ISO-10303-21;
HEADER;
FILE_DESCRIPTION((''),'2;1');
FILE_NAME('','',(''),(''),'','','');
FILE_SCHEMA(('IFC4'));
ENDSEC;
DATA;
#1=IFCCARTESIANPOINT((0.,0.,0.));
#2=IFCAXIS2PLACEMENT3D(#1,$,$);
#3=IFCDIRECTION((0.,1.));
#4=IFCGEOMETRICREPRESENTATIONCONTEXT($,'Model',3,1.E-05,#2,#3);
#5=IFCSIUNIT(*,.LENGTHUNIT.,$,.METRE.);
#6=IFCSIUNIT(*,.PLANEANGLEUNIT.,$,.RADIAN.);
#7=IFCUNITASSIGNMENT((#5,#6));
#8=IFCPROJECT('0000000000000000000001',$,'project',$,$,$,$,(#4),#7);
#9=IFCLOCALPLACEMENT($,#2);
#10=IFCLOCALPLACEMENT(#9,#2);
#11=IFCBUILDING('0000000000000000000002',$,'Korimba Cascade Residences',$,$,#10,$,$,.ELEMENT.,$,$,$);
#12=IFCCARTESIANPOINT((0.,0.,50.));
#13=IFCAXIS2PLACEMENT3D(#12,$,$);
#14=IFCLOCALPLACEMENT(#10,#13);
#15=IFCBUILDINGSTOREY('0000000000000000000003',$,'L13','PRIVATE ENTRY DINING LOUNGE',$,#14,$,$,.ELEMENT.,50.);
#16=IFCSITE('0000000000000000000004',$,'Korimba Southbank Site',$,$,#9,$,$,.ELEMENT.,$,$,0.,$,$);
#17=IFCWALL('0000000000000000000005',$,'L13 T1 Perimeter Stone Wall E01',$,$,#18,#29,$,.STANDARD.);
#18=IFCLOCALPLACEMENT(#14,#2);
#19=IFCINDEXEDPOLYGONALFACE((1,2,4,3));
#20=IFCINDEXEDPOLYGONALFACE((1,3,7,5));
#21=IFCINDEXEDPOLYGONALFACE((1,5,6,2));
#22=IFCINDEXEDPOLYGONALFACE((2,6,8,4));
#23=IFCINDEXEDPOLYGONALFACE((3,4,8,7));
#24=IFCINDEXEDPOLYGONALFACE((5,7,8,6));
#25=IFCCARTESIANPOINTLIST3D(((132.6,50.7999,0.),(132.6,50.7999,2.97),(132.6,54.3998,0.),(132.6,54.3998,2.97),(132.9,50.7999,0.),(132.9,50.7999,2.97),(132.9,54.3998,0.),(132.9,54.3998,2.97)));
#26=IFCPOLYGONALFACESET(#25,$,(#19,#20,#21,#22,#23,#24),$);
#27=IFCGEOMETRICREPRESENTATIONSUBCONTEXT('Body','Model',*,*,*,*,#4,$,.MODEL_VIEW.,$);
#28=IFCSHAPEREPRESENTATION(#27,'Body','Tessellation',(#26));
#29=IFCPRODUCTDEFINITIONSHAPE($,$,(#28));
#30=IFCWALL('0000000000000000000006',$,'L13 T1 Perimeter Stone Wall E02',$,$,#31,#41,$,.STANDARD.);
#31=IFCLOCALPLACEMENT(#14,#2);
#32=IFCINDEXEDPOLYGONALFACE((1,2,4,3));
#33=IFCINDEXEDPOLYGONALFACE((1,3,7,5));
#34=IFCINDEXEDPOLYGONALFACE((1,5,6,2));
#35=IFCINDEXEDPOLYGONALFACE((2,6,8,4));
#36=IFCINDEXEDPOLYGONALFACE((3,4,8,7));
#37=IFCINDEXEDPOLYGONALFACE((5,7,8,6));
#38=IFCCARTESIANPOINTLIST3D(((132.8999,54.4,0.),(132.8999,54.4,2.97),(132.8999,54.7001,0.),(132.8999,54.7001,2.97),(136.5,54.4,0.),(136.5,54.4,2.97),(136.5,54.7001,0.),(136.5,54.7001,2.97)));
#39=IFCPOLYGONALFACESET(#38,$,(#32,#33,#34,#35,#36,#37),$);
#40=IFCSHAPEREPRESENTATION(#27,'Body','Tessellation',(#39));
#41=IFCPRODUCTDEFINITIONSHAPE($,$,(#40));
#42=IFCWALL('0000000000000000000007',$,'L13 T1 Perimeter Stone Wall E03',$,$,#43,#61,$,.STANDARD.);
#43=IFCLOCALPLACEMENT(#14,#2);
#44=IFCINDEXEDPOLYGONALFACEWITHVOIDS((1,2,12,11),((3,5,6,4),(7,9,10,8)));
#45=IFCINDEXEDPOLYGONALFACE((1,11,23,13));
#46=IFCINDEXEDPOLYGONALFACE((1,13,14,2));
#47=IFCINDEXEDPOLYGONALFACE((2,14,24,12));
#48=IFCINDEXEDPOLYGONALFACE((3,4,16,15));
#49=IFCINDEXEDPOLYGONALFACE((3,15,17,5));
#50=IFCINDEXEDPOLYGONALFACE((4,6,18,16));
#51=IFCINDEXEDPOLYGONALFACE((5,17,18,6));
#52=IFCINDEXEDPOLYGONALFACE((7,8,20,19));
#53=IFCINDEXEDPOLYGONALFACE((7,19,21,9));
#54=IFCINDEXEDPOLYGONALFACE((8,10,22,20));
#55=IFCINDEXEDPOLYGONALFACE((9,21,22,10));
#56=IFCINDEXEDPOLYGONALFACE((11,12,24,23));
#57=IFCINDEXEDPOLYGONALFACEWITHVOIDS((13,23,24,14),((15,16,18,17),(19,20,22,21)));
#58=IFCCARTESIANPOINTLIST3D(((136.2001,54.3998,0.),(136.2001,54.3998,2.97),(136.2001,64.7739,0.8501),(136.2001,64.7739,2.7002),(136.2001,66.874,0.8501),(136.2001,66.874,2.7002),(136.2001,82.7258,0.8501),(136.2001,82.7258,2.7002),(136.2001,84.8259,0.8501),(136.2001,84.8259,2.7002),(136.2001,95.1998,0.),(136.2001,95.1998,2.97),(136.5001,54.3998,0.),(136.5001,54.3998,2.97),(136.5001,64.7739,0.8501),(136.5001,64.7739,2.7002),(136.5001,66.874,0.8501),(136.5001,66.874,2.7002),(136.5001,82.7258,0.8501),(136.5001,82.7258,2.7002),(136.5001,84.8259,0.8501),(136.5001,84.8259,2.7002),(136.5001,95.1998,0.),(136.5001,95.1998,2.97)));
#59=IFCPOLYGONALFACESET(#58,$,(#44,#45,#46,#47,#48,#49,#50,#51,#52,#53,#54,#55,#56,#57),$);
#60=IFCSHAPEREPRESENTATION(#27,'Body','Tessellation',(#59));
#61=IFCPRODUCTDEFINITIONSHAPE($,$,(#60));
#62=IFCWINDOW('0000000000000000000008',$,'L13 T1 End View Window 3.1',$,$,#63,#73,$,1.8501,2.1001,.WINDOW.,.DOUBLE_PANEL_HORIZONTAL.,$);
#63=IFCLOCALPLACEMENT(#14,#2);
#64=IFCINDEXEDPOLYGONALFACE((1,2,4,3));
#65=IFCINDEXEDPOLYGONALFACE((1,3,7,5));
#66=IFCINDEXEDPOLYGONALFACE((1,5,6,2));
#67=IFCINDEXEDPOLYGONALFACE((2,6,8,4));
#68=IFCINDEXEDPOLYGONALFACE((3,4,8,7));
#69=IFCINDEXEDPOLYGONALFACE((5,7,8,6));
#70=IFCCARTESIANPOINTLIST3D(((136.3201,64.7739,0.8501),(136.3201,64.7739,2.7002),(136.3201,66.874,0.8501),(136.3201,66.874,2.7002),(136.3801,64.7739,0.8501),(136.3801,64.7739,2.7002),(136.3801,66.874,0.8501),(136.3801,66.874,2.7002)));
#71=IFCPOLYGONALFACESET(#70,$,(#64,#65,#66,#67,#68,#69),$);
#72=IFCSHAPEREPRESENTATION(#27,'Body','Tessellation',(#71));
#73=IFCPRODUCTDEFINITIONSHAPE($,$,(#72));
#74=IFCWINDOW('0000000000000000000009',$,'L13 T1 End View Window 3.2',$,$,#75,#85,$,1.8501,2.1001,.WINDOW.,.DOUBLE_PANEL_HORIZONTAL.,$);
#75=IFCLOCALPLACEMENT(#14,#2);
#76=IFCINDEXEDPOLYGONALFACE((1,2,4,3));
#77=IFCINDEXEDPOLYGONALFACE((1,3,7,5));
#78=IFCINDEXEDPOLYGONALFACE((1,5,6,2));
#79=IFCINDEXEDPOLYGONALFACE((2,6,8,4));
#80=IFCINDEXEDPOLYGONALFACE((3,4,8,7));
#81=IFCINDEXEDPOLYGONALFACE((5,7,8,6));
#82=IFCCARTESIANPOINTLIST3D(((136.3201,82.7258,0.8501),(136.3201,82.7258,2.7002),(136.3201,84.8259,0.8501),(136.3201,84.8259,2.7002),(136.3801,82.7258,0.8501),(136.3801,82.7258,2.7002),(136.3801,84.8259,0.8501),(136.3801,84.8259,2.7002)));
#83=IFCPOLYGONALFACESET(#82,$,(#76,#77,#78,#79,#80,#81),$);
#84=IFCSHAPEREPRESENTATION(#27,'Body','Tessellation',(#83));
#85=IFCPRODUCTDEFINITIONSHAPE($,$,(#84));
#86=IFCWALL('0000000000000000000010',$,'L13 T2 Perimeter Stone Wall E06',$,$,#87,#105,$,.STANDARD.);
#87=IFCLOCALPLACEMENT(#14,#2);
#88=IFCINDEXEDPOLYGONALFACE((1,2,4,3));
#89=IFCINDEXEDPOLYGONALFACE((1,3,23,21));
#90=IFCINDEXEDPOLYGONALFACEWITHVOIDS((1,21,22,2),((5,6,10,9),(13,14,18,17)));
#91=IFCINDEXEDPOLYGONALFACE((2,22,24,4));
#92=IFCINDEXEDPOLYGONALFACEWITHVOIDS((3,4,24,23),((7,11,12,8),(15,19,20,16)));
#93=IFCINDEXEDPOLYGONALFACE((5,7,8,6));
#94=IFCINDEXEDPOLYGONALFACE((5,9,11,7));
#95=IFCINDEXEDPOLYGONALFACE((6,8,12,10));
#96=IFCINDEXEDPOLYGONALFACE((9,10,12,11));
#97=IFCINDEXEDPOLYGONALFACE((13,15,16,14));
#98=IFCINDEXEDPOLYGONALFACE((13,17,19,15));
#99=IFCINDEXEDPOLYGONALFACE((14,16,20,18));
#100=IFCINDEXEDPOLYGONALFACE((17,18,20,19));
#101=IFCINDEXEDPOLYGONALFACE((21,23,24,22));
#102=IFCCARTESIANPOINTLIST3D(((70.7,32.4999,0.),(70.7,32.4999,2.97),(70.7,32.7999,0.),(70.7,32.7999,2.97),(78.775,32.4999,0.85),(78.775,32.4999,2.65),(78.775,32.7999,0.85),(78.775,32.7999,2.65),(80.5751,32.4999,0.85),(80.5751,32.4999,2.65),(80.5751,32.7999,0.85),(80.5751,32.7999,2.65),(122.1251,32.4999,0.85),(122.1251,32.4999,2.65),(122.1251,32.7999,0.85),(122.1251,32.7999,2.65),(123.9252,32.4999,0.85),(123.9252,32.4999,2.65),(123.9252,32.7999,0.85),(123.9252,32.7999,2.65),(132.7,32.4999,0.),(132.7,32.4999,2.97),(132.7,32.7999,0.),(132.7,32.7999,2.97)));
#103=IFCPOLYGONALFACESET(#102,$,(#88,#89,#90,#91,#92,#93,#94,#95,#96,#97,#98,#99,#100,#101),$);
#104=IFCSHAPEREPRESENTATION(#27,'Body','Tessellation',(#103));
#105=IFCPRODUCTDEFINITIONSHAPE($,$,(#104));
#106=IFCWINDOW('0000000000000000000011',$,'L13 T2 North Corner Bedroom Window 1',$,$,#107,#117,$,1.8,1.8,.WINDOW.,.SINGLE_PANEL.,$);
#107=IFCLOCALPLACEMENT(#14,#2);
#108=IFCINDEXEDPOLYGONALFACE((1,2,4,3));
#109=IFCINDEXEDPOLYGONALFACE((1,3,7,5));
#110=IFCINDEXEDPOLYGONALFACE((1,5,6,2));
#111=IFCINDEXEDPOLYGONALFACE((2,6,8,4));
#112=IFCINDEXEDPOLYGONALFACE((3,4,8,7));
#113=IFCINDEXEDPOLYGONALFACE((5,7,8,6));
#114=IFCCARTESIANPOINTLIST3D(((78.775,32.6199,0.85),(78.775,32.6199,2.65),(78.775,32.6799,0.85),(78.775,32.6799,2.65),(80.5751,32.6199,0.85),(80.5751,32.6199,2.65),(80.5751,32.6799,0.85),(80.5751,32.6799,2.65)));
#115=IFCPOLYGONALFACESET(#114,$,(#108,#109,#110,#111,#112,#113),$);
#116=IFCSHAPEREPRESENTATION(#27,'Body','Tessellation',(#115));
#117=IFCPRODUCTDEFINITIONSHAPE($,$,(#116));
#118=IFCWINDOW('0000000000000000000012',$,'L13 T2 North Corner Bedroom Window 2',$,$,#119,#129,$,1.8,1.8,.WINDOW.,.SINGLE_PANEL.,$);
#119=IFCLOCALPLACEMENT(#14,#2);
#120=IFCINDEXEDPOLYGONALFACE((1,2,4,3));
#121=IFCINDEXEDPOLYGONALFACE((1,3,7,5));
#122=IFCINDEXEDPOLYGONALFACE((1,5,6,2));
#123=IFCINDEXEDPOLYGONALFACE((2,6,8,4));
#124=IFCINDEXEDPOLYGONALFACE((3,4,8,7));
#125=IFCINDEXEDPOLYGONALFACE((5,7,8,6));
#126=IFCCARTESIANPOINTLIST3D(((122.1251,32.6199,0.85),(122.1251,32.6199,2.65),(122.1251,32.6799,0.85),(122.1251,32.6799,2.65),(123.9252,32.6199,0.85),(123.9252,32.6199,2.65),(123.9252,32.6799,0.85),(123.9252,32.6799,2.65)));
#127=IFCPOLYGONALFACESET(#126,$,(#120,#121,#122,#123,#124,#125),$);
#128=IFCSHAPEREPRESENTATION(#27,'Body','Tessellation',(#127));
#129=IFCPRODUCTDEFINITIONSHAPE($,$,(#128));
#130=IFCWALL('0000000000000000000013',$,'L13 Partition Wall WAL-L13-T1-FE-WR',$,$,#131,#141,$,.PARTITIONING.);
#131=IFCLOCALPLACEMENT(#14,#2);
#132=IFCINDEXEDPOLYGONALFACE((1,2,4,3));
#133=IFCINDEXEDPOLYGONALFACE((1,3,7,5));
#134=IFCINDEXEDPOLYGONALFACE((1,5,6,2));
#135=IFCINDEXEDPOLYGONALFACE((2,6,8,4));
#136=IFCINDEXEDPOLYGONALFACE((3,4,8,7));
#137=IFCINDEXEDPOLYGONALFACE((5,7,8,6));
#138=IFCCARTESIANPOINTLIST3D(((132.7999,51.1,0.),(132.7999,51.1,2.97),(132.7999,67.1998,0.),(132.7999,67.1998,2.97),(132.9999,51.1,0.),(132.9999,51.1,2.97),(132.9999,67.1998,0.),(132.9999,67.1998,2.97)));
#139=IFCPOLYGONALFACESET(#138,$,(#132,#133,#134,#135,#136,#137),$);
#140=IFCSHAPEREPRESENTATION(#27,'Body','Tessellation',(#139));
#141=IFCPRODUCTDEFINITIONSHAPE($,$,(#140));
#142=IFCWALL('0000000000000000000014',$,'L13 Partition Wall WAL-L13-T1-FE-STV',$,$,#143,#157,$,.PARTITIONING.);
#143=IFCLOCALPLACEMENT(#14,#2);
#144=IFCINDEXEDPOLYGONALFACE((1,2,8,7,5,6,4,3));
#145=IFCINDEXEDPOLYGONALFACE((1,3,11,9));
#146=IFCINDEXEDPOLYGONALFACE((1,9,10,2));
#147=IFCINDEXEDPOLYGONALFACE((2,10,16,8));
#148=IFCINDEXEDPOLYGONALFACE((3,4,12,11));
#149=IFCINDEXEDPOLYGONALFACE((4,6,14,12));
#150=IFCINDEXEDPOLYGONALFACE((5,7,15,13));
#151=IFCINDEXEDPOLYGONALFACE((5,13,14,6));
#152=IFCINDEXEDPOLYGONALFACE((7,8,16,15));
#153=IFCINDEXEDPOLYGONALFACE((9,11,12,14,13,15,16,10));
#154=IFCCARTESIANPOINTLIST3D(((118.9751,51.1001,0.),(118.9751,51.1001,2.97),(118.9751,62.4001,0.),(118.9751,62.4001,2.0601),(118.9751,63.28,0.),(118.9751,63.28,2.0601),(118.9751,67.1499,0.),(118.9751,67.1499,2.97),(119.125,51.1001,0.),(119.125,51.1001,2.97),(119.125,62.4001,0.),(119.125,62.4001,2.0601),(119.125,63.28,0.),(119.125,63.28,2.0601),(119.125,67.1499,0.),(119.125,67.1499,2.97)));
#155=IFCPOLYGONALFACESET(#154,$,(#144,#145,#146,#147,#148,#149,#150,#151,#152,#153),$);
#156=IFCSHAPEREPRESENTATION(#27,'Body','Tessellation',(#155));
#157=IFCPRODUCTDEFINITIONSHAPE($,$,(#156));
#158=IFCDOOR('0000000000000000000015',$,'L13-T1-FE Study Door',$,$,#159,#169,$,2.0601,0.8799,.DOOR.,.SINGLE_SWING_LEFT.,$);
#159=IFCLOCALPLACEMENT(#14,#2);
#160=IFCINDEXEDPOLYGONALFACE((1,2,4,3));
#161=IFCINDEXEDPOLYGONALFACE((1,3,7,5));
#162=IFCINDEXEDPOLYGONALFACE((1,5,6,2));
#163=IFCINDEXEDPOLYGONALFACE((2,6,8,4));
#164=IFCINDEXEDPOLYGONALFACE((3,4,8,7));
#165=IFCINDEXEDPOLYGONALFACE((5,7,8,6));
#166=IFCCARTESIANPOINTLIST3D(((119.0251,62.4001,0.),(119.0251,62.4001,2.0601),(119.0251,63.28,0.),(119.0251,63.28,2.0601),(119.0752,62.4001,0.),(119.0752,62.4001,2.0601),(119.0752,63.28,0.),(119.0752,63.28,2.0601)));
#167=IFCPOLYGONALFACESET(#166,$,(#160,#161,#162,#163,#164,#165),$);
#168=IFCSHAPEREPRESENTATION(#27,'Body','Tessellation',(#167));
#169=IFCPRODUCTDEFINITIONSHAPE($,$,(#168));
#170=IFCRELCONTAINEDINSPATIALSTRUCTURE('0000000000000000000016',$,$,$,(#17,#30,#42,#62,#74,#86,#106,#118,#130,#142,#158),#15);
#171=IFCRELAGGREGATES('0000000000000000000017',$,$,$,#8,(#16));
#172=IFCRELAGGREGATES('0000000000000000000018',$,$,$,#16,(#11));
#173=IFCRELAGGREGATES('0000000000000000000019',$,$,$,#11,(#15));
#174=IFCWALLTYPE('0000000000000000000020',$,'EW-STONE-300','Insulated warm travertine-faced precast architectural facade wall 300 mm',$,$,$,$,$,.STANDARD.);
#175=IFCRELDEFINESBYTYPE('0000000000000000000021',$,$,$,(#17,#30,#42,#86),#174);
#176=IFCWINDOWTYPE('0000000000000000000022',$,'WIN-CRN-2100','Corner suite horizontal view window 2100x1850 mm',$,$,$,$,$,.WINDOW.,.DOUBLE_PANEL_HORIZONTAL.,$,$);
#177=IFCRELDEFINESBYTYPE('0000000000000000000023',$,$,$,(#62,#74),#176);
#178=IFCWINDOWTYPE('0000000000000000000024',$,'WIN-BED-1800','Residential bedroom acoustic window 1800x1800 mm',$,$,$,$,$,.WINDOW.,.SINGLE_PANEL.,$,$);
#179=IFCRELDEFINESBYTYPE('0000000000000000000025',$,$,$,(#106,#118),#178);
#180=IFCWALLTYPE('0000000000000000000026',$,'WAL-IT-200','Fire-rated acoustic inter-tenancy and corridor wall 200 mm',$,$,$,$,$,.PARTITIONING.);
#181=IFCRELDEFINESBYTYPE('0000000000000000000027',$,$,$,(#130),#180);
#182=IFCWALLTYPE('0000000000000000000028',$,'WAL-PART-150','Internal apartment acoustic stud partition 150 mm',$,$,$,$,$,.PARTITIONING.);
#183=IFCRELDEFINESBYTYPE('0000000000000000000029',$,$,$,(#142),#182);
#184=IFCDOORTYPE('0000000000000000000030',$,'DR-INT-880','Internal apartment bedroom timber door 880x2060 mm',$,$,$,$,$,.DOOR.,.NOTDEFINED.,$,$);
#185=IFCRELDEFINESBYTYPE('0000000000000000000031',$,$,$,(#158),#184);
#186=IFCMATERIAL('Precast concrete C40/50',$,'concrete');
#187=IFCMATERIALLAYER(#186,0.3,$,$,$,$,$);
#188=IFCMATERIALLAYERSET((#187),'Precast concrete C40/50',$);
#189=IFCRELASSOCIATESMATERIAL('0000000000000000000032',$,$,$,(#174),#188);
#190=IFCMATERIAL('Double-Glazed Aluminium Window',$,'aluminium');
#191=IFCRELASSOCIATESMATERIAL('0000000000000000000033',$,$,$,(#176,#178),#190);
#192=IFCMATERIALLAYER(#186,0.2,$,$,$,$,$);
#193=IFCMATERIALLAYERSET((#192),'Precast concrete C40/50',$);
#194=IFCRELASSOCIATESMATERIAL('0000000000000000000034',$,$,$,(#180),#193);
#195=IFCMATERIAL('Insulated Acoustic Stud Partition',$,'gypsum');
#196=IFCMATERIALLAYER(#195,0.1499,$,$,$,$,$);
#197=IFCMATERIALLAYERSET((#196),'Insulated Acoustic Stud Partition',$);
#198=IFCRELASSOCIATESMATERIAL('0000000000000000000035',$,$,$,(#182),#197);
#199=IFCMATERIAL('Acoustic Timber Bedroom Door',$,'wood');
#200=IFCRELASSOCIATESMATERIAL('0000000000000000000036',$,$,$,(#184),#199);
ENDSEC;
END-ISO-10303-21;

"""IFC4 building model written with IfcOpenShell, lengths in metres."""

from ifc_helpers import new_model, si_unit, direction, frame, frame_2d, origin, place, context, subcontext, project, spatial, rectangle, extrude, material, layer, layer_set, type_object, element, fill, save


model = new_model("IFC4")

# Units and contexts
model_context = context("Model", 3, precision=1e-05, world=origin(), true_north=direction((0.0, 1.0)))
body_context = subcontext(model_context, "Body", "Model", "MODEL_VIEW")
ifc_project = project(units=[si_unit("LENGTHUNIT", "METRE"), si_unit("PLANEANGLEUNIT", "RADIAN")], contexts=[model_context])

# Site, building, storey
site_placement = place(None, origin())
site = spatial("IfcSite", under=ifc_project, at=site_placement, Name="Korimba Southbank Site", CompositionType="ELEMENT", RefElevation=0.0)
building_placement = place(site_placement, origin())
building = spatial("IfcBuilding", under=site, at=building_placement, Name="Korimba Cascade Residences", CompositionType="ELEMENT")
storey_placement = place(building_placement, frame((0.0, 0.0, 50.0)))
storey = spatial("IfcBuildingStorey", under=building, at=storey_placement, Name="L13", Description="PRIVATE ENTRY DINING LOUNGE", CompositionType="ELEMENT", Elevation=50.0)

# Walls
ifc_material_1 = material(Name="Precast concrete C40/50", Category="concrete")
ifc_layer_1 = layer(ifc_material_1, 0.3)
ifc_layer_set_1 = layer_set([ifc_layer_1], Name="Precast concrete C40/50")
wall_type_1 = type_object("IfcWallType", Name="EW-STONE-300", Description="Insulated warm travertine-faced precast architectural facade wall 300 mm", PredefinedType="STANDARD", material=ifc_layer_set_1)
wall_1_placement = place(storey_placement, frame((132.75, 50.8, 0.0), z_axis=(0.0, 0.0, 1.0), x_axis=(0.0, 1.0, 0.0)))
element("IfcWall", 1, at=wall_1_placement, inside=storey, type_object=wall_type_1, Name="L13 T1 Perimeter Stone Wall E01", PredefinedType="STANDARD", context=body_context, shape_type="SweptSolid", body=[
    extrude(rectangle(XDim=3.5999, YDim=0.3, at=frame_2d((1.7998, 0.0))), origin(), (0.0, 0.0, 1.0), 2.97),
])
wall_2_placement = place(storey_placement, frame((132.8999, 54.55, 0.0), z_axis=(0.0, 0.0, 1.0), x_axis=(1.0, 0.0, 0.0)))
element("IfcWall", 2, at=wall_2_placement, inside=storey, type_object=wall_type_1, Name="L13 T1 Perimeter Stone Wall E02", PredefinedType="STANDARD", context=body_context, shape_type="SweptSolid", body=[
    extrude(rectangle(XDim=3.6001, YDim=0.3, at=frame_2d((1.8, 0.0))), origin(), (0.0, 0.0, 1.0), 2.97),
])

# Walls, openings, windows
wall_3_placement = place(storey_placement, frame((136.3501, 54.3999, 0.0), z_axis=(0.0, 0.0, 1.0), x_axis=(0.0, 1.0, 0.0)))
wall_3 = element("IfcWall", 3, at=wall_3_placement, inside=storey, type_object=wall_type_1, Name="L13 T1 Perimeter Stone Wall E03", PredefinedType="STANDARD", context=body_context, shape_type="SweptSolid", body=[
    extrude(rectangle(XDim=40.8, YDim=0.3, at=frame_2d((20.3999, 0.0))), origin(), (0.0, 0.0, 1.0), 2.97),
])
opening_1_placement = place(wall_3_placement, frame((10.374, 0.0, 0.8501)))
opening_1 = element("IfcOpeningElement", 4, at=opening_1_placement, cuts=wall_3, PredefinedType="OPENING", context=body_context, shape_type="SweptSolid", body=[
    extrude(rectangle(XDim=2.1001, YDim=1.8501, at=frame_2d((1.05, 0.925))), frame((0.0, 0.1602, 0.0), z_axis=(0.0, -1.0, 0.0), x_axis=(1.0, 0.0, 0.0)), (0.0, 0.0, 1.0), 0.3201),
])
opening_2_placement = place(wall_3_placement, frame((28.3259, 0.0, 0.8501)))
opening_2 = element("IfcOpeningElement", 5, at=opening_2_placement, cuts=wall_3, PredefinedType="OPENING", context=body_context, shape_type="SweptSolid", body=[
    extrude(rectangle(XDim=2.1001, YDim=1.8501, at=frame_2d((1.05, 0.925))), frame((0.0, 0.1602, 0.0), z_axis=(0.0, -1.0, 0.0), x_axis=(1.0, 0.0, 0.0)), (0.0, 0.0, 1.0), 0.3201),
])
ifc_material_2 = material(Name="Double-Glazed Aluminium Window", Category="aluminium")
window_type_1 = type_object("IfcWindowType", Name="WIN-CRN-2100", Description="Corner suite horizontal view window 2100x1850 mm", PartitioningType="DOUBLE_PANEL_HORIZONTAL", PredefinedType="WINDOW", material=ifc_material_2)
window_1_placement = place(opening_1_placement, origin())
window_1 = element("IfcWindow", 6, at=window_1_placement, inside=storey, type_object=window_type_1, Name="L13 T1 End View Window 3.1", OverallHeight=1.8501, OverallWidth=2.1001, PartitioningType="DOUBLE_PANEL_HORIZONTAL", PredefinedType="WINDOW", context=body_context, shape_type="SweptSolid", body=[
    extrude(rectangle(XDim=2.1001, YDim=1.8501, at=frame_2d((1.05, 0.925))), frame((0.0, 0.03, 0.0), z_axis=(0.0, -1.0, 0.0), x_axis=(1.0, 0.0, 0.0)), (0.0, 0.0, 1.0), 0.0601),
])
fill(opening_1, window_1)
window_2_placement = place(opening_2_placement, origin())
window_2 = element("IfcWindow", 7, at=window_2_placement, inside=storey, type_object=window_type_1, Name="L13 T1 End View Window 3.2", OverallHeight=1.8501, OverallWidth=2.1001, PartitioningType="DOUBLE_PANEL_HORIZONTAL", PredefinedType="WINDOW", context=body_context, shape_type="SweptSolid", body=[
    extrude(rectangle(XDim=2.1001, YDim=1.8501, at=frame_2d((1.05, 0.925))), frame((0.0, 0.03, 0.0), z_axis=(0.0, -1.0, 0.0), x_axis=(1.0, 0.0, 0.0)), (0.0, 0.0, 1.0), 0.0601),
])
fill(opening_2, window_2)
wall_4_placement = place(storey_placement, frame((132.7, 32.6499, 0.0), z_axis=(0.0, 0.0, 1.0), x_axis=(-1.0, 0.0, 0.0)))
wall_4 = element("IfcWall", 8, at=wall_4_placement, inside=storey, type_object=wall_type_1, Name="L13 T2 Perimeter Stone Wall E06", PredefinedType="STANDARD", context=body_context, shape_type="SweptSolid", body=[
    extrude(rectangle(XDim=62.0, YDim=0.3, at=frame_2d((31.0, 0.0))), origin(), (0.0, 0.0, 1.0), 2.97),
])
opening_3_placement = place(wall_4_placement, frame((52.125, 0.0, 0.8501)))
opening_3 = element("IfcOpeningElement", 9, at=opening_3_placement, cuts=wall_4, PredefinedType="OPENING", context=body_context, shape_type="SweptSolid", body=[
    extrude(rectangle(XDim=1.8, YDim=1.8, at=frame_2d((0.8999, 0.8999))), frame((0.0, 0.1602, 0.0), z_axis=(0.0, -1.0, 0.0), x_axis=(1.0, 0.0, 0.0)), (0.0, 0.0, 1.0), 0.3201),
])
opening_4_placement = place(wall_4_placement, frame((8.7749, 0.0, 0.8501)))
opening_4 = element("IfcOpeningElement", 10, at=opening_4_placement, cuts=wall_4, PredefinedType="OPENING", context=body_context, shape_type="SweptSolid", body=[
    extrude(rectangle(XDim=1.8, YDim=1.8, at=frame_2d((0.8999, 0.8999))), frame((0.0, 0.1602, 0.0), z_axis=(0.0, -1.0, 0.0), x_axis=(1.0, 0.0, 0.0)), (0.0, 0.0, 1.0), 0.3201),
])
window_type_2 = type_object("IfcWindowType", Name="WIN-BED-1800", Description="Residential bedroom acoustic window 1800x1800 mm", PartitioningType="SINGLE_PANEL", PredefinedType="WINDOW", material=ifc_material_2)
window_3_placement = place(opening_3_placement, origin())
window_3 = element("IfcWindow", 11, at=window_3_placement, inside=storey, type_object=window_type_2, Name="L13 T2 North Corner Bedroom Window 1", OverallHeight=1.8, OverallWidth=1.8, PartitioningType="SINGLE_PANEL", PredefinedType="WINDOW", context=body_context, shape_type="SweptSolid", body=[
    extrude(rectangle(XDim=1.8, YDim=1.8, at=frame_2d((0.8999, 0.8999))), frame((0.0, 0.03, 0.0), z_axis=(0.0, -1.0, 0.0), x_axis=(1.0, 0.0, 0.0)), (0.0, 0.0, 1.0), 0.0601),
])
fill(opening_3, window_3)
window_4_placement = place(opening_4_placement, origin())
window_4 = element("IfcWindow", 12, at=window_4_placement, inside=storey, type_object=window_type_2, Name="L13 T2 North Corner Bedroom Window 2", OverallHeight=1.8, OverallWidth=1.8, PartitioningType="SINGLE_PANEL", PredefinedType="WINDOW", context=body_context, shape_type="SweptSolid", body=[
    extrude(rectangle(XDim=1.8, YDim=1.8, at=frame_2d((0.8999, 0.8999))), frame((0.0, 0.03, 0.0), z_axis=(0.0, -1.0, 0.0), x_axis=(1.0, 0.0, 0.0)), (0.0, 0.0, 1.0), 0.0601),
])
fill(opening_4, window_4)

# Wall
ifc_layer_2 = layer(ifc_material_1, 0.2)
ifc_layer_set_2 = layer_set([ifc_layer_2], Name="Precast concrete C40/50")
wall_type_2 = type_object("IfcWallType", Name="WAL-IT-200", Description="Fire-rated acoustic inter-tenancy and corridor wall 200 mm", PredefinedType="PARTITIONING", material=ifc_layer_set_2)
wall_5_placement = place(storey_placement, frame((132.8999, 51.1001, 0.0), z_axis=(0.0, 0.0, 1.0), x_axis=(0.0, 1.0, 0.0)))
element("IfcWall", 13, at=wall_5_placement, inside=storey, type_object=wall_type_2, Name="L13 Partition Wall WAL-L13-T1-FE-WR", PredefinedType="PARTITIONING", context=body_context, shape_type="SweptSolid", body=[
    extrude(rectangle(XDim=16.0999, YDim=0.2, at=frame_2d((8.0498, 0.0))), origin(), (0.0, 0.0, 1.0), 2.97),
])

# Wall, opening, door
ifc_material_3 = material(Name="Insulated Acoustic Stud Partition", Category="gypsum")
ifc_layer_3 = layer(ifc_material_3, 0.1499)
ifc_layer_set_3 = layer_set([ifc_layer_3], Name="Insulated Acoustic Stud Partition")
wall_type_3 = type_object("IfcWallType", Name="WAL-PART-150", Description="Internal apartment acoustic stud partition 150 mm", PredefinedType="PARTITIONING", material=ifc_layer_set_3)
wall_6_placement = place(storey_placement, frame((119.05, 51.1001, 0.0), z_axis=(0.0, 0.0, 1.0), x_axis=(0.0, 1.0, 0.0)))
wall_6 = element("IfcWall", 14, at=wall_6_placement, inside=storey, type_object=wall_type_3, Name="L13 Partition Wall WAL-L13-T1-FE-STV", PredefinedType="PARTITIONING", context=body_context, shape_type="SweptSolid", body=[
    extrude(rectangle(XDim=16.0498, YDim=0.1499, at=frame_2d((8.0249, 0.0))), origin(), (0.0, 0.0, 1.0), 2.97),
])
opening_5_placement = place(wall_6_placement, frame((11.3, 0.0, 0.0)))
opening_5 = element("IfcOpeningElement", 15, at=opening_5_placement, cuts=wall_6, PredefinedType="OPENING", context=body_context, shape_type="SweptSolid", body=[
    extrude(rectangle(XDim=0.8799, YDim=2.0601, at=frame_2d((0.4399, 1.03))), frame((0.0, 0.085, 0.0), z_axis=(0.0, -1.0, 0.0), x_axis=(1.0, 0.0, 0.0)), (0.0, 0.0, 1.0), 0.1699),
])
ifc_material_4 = material(Name="Acoustic Timber Bedroom Door", Category="wood")
door_type = type_object("IfcDoorType", Name="DR-INT-880", Description="Internal apartment bedroom timber door 880x2060 mm", OperationType="NOTDEFINED", PredefinedType="DOOR", material=ifc_material_4)
door_placement = place(opening_5_placement, origin())
door = element("IfcDoor", 16, at=door_placement, inside=storey, type_object=door_type, Name="L13-T1-FE Study Door", OperationType="SINGLE_SWING_LEFT", OverallHeight=2.0601, OverallWidth=0.8799, PredefinedType="DOOR", context=body_context, shape_type="SweptSolid", body=[
    extrude(rectangle(XDim=0.8799, YDim=2.0601, at=frame_2d((0.4399, 1.03))), frame((0.0, 0.0249, 0.0), z_axis=(0.0, -1.0, 0.0), x_axis=(1.0, 0.0, 0.0)), (0.0, 0.0, 1.0), 0.05),
])
fill(opening_5, door)

save(model, "model.ifc")
